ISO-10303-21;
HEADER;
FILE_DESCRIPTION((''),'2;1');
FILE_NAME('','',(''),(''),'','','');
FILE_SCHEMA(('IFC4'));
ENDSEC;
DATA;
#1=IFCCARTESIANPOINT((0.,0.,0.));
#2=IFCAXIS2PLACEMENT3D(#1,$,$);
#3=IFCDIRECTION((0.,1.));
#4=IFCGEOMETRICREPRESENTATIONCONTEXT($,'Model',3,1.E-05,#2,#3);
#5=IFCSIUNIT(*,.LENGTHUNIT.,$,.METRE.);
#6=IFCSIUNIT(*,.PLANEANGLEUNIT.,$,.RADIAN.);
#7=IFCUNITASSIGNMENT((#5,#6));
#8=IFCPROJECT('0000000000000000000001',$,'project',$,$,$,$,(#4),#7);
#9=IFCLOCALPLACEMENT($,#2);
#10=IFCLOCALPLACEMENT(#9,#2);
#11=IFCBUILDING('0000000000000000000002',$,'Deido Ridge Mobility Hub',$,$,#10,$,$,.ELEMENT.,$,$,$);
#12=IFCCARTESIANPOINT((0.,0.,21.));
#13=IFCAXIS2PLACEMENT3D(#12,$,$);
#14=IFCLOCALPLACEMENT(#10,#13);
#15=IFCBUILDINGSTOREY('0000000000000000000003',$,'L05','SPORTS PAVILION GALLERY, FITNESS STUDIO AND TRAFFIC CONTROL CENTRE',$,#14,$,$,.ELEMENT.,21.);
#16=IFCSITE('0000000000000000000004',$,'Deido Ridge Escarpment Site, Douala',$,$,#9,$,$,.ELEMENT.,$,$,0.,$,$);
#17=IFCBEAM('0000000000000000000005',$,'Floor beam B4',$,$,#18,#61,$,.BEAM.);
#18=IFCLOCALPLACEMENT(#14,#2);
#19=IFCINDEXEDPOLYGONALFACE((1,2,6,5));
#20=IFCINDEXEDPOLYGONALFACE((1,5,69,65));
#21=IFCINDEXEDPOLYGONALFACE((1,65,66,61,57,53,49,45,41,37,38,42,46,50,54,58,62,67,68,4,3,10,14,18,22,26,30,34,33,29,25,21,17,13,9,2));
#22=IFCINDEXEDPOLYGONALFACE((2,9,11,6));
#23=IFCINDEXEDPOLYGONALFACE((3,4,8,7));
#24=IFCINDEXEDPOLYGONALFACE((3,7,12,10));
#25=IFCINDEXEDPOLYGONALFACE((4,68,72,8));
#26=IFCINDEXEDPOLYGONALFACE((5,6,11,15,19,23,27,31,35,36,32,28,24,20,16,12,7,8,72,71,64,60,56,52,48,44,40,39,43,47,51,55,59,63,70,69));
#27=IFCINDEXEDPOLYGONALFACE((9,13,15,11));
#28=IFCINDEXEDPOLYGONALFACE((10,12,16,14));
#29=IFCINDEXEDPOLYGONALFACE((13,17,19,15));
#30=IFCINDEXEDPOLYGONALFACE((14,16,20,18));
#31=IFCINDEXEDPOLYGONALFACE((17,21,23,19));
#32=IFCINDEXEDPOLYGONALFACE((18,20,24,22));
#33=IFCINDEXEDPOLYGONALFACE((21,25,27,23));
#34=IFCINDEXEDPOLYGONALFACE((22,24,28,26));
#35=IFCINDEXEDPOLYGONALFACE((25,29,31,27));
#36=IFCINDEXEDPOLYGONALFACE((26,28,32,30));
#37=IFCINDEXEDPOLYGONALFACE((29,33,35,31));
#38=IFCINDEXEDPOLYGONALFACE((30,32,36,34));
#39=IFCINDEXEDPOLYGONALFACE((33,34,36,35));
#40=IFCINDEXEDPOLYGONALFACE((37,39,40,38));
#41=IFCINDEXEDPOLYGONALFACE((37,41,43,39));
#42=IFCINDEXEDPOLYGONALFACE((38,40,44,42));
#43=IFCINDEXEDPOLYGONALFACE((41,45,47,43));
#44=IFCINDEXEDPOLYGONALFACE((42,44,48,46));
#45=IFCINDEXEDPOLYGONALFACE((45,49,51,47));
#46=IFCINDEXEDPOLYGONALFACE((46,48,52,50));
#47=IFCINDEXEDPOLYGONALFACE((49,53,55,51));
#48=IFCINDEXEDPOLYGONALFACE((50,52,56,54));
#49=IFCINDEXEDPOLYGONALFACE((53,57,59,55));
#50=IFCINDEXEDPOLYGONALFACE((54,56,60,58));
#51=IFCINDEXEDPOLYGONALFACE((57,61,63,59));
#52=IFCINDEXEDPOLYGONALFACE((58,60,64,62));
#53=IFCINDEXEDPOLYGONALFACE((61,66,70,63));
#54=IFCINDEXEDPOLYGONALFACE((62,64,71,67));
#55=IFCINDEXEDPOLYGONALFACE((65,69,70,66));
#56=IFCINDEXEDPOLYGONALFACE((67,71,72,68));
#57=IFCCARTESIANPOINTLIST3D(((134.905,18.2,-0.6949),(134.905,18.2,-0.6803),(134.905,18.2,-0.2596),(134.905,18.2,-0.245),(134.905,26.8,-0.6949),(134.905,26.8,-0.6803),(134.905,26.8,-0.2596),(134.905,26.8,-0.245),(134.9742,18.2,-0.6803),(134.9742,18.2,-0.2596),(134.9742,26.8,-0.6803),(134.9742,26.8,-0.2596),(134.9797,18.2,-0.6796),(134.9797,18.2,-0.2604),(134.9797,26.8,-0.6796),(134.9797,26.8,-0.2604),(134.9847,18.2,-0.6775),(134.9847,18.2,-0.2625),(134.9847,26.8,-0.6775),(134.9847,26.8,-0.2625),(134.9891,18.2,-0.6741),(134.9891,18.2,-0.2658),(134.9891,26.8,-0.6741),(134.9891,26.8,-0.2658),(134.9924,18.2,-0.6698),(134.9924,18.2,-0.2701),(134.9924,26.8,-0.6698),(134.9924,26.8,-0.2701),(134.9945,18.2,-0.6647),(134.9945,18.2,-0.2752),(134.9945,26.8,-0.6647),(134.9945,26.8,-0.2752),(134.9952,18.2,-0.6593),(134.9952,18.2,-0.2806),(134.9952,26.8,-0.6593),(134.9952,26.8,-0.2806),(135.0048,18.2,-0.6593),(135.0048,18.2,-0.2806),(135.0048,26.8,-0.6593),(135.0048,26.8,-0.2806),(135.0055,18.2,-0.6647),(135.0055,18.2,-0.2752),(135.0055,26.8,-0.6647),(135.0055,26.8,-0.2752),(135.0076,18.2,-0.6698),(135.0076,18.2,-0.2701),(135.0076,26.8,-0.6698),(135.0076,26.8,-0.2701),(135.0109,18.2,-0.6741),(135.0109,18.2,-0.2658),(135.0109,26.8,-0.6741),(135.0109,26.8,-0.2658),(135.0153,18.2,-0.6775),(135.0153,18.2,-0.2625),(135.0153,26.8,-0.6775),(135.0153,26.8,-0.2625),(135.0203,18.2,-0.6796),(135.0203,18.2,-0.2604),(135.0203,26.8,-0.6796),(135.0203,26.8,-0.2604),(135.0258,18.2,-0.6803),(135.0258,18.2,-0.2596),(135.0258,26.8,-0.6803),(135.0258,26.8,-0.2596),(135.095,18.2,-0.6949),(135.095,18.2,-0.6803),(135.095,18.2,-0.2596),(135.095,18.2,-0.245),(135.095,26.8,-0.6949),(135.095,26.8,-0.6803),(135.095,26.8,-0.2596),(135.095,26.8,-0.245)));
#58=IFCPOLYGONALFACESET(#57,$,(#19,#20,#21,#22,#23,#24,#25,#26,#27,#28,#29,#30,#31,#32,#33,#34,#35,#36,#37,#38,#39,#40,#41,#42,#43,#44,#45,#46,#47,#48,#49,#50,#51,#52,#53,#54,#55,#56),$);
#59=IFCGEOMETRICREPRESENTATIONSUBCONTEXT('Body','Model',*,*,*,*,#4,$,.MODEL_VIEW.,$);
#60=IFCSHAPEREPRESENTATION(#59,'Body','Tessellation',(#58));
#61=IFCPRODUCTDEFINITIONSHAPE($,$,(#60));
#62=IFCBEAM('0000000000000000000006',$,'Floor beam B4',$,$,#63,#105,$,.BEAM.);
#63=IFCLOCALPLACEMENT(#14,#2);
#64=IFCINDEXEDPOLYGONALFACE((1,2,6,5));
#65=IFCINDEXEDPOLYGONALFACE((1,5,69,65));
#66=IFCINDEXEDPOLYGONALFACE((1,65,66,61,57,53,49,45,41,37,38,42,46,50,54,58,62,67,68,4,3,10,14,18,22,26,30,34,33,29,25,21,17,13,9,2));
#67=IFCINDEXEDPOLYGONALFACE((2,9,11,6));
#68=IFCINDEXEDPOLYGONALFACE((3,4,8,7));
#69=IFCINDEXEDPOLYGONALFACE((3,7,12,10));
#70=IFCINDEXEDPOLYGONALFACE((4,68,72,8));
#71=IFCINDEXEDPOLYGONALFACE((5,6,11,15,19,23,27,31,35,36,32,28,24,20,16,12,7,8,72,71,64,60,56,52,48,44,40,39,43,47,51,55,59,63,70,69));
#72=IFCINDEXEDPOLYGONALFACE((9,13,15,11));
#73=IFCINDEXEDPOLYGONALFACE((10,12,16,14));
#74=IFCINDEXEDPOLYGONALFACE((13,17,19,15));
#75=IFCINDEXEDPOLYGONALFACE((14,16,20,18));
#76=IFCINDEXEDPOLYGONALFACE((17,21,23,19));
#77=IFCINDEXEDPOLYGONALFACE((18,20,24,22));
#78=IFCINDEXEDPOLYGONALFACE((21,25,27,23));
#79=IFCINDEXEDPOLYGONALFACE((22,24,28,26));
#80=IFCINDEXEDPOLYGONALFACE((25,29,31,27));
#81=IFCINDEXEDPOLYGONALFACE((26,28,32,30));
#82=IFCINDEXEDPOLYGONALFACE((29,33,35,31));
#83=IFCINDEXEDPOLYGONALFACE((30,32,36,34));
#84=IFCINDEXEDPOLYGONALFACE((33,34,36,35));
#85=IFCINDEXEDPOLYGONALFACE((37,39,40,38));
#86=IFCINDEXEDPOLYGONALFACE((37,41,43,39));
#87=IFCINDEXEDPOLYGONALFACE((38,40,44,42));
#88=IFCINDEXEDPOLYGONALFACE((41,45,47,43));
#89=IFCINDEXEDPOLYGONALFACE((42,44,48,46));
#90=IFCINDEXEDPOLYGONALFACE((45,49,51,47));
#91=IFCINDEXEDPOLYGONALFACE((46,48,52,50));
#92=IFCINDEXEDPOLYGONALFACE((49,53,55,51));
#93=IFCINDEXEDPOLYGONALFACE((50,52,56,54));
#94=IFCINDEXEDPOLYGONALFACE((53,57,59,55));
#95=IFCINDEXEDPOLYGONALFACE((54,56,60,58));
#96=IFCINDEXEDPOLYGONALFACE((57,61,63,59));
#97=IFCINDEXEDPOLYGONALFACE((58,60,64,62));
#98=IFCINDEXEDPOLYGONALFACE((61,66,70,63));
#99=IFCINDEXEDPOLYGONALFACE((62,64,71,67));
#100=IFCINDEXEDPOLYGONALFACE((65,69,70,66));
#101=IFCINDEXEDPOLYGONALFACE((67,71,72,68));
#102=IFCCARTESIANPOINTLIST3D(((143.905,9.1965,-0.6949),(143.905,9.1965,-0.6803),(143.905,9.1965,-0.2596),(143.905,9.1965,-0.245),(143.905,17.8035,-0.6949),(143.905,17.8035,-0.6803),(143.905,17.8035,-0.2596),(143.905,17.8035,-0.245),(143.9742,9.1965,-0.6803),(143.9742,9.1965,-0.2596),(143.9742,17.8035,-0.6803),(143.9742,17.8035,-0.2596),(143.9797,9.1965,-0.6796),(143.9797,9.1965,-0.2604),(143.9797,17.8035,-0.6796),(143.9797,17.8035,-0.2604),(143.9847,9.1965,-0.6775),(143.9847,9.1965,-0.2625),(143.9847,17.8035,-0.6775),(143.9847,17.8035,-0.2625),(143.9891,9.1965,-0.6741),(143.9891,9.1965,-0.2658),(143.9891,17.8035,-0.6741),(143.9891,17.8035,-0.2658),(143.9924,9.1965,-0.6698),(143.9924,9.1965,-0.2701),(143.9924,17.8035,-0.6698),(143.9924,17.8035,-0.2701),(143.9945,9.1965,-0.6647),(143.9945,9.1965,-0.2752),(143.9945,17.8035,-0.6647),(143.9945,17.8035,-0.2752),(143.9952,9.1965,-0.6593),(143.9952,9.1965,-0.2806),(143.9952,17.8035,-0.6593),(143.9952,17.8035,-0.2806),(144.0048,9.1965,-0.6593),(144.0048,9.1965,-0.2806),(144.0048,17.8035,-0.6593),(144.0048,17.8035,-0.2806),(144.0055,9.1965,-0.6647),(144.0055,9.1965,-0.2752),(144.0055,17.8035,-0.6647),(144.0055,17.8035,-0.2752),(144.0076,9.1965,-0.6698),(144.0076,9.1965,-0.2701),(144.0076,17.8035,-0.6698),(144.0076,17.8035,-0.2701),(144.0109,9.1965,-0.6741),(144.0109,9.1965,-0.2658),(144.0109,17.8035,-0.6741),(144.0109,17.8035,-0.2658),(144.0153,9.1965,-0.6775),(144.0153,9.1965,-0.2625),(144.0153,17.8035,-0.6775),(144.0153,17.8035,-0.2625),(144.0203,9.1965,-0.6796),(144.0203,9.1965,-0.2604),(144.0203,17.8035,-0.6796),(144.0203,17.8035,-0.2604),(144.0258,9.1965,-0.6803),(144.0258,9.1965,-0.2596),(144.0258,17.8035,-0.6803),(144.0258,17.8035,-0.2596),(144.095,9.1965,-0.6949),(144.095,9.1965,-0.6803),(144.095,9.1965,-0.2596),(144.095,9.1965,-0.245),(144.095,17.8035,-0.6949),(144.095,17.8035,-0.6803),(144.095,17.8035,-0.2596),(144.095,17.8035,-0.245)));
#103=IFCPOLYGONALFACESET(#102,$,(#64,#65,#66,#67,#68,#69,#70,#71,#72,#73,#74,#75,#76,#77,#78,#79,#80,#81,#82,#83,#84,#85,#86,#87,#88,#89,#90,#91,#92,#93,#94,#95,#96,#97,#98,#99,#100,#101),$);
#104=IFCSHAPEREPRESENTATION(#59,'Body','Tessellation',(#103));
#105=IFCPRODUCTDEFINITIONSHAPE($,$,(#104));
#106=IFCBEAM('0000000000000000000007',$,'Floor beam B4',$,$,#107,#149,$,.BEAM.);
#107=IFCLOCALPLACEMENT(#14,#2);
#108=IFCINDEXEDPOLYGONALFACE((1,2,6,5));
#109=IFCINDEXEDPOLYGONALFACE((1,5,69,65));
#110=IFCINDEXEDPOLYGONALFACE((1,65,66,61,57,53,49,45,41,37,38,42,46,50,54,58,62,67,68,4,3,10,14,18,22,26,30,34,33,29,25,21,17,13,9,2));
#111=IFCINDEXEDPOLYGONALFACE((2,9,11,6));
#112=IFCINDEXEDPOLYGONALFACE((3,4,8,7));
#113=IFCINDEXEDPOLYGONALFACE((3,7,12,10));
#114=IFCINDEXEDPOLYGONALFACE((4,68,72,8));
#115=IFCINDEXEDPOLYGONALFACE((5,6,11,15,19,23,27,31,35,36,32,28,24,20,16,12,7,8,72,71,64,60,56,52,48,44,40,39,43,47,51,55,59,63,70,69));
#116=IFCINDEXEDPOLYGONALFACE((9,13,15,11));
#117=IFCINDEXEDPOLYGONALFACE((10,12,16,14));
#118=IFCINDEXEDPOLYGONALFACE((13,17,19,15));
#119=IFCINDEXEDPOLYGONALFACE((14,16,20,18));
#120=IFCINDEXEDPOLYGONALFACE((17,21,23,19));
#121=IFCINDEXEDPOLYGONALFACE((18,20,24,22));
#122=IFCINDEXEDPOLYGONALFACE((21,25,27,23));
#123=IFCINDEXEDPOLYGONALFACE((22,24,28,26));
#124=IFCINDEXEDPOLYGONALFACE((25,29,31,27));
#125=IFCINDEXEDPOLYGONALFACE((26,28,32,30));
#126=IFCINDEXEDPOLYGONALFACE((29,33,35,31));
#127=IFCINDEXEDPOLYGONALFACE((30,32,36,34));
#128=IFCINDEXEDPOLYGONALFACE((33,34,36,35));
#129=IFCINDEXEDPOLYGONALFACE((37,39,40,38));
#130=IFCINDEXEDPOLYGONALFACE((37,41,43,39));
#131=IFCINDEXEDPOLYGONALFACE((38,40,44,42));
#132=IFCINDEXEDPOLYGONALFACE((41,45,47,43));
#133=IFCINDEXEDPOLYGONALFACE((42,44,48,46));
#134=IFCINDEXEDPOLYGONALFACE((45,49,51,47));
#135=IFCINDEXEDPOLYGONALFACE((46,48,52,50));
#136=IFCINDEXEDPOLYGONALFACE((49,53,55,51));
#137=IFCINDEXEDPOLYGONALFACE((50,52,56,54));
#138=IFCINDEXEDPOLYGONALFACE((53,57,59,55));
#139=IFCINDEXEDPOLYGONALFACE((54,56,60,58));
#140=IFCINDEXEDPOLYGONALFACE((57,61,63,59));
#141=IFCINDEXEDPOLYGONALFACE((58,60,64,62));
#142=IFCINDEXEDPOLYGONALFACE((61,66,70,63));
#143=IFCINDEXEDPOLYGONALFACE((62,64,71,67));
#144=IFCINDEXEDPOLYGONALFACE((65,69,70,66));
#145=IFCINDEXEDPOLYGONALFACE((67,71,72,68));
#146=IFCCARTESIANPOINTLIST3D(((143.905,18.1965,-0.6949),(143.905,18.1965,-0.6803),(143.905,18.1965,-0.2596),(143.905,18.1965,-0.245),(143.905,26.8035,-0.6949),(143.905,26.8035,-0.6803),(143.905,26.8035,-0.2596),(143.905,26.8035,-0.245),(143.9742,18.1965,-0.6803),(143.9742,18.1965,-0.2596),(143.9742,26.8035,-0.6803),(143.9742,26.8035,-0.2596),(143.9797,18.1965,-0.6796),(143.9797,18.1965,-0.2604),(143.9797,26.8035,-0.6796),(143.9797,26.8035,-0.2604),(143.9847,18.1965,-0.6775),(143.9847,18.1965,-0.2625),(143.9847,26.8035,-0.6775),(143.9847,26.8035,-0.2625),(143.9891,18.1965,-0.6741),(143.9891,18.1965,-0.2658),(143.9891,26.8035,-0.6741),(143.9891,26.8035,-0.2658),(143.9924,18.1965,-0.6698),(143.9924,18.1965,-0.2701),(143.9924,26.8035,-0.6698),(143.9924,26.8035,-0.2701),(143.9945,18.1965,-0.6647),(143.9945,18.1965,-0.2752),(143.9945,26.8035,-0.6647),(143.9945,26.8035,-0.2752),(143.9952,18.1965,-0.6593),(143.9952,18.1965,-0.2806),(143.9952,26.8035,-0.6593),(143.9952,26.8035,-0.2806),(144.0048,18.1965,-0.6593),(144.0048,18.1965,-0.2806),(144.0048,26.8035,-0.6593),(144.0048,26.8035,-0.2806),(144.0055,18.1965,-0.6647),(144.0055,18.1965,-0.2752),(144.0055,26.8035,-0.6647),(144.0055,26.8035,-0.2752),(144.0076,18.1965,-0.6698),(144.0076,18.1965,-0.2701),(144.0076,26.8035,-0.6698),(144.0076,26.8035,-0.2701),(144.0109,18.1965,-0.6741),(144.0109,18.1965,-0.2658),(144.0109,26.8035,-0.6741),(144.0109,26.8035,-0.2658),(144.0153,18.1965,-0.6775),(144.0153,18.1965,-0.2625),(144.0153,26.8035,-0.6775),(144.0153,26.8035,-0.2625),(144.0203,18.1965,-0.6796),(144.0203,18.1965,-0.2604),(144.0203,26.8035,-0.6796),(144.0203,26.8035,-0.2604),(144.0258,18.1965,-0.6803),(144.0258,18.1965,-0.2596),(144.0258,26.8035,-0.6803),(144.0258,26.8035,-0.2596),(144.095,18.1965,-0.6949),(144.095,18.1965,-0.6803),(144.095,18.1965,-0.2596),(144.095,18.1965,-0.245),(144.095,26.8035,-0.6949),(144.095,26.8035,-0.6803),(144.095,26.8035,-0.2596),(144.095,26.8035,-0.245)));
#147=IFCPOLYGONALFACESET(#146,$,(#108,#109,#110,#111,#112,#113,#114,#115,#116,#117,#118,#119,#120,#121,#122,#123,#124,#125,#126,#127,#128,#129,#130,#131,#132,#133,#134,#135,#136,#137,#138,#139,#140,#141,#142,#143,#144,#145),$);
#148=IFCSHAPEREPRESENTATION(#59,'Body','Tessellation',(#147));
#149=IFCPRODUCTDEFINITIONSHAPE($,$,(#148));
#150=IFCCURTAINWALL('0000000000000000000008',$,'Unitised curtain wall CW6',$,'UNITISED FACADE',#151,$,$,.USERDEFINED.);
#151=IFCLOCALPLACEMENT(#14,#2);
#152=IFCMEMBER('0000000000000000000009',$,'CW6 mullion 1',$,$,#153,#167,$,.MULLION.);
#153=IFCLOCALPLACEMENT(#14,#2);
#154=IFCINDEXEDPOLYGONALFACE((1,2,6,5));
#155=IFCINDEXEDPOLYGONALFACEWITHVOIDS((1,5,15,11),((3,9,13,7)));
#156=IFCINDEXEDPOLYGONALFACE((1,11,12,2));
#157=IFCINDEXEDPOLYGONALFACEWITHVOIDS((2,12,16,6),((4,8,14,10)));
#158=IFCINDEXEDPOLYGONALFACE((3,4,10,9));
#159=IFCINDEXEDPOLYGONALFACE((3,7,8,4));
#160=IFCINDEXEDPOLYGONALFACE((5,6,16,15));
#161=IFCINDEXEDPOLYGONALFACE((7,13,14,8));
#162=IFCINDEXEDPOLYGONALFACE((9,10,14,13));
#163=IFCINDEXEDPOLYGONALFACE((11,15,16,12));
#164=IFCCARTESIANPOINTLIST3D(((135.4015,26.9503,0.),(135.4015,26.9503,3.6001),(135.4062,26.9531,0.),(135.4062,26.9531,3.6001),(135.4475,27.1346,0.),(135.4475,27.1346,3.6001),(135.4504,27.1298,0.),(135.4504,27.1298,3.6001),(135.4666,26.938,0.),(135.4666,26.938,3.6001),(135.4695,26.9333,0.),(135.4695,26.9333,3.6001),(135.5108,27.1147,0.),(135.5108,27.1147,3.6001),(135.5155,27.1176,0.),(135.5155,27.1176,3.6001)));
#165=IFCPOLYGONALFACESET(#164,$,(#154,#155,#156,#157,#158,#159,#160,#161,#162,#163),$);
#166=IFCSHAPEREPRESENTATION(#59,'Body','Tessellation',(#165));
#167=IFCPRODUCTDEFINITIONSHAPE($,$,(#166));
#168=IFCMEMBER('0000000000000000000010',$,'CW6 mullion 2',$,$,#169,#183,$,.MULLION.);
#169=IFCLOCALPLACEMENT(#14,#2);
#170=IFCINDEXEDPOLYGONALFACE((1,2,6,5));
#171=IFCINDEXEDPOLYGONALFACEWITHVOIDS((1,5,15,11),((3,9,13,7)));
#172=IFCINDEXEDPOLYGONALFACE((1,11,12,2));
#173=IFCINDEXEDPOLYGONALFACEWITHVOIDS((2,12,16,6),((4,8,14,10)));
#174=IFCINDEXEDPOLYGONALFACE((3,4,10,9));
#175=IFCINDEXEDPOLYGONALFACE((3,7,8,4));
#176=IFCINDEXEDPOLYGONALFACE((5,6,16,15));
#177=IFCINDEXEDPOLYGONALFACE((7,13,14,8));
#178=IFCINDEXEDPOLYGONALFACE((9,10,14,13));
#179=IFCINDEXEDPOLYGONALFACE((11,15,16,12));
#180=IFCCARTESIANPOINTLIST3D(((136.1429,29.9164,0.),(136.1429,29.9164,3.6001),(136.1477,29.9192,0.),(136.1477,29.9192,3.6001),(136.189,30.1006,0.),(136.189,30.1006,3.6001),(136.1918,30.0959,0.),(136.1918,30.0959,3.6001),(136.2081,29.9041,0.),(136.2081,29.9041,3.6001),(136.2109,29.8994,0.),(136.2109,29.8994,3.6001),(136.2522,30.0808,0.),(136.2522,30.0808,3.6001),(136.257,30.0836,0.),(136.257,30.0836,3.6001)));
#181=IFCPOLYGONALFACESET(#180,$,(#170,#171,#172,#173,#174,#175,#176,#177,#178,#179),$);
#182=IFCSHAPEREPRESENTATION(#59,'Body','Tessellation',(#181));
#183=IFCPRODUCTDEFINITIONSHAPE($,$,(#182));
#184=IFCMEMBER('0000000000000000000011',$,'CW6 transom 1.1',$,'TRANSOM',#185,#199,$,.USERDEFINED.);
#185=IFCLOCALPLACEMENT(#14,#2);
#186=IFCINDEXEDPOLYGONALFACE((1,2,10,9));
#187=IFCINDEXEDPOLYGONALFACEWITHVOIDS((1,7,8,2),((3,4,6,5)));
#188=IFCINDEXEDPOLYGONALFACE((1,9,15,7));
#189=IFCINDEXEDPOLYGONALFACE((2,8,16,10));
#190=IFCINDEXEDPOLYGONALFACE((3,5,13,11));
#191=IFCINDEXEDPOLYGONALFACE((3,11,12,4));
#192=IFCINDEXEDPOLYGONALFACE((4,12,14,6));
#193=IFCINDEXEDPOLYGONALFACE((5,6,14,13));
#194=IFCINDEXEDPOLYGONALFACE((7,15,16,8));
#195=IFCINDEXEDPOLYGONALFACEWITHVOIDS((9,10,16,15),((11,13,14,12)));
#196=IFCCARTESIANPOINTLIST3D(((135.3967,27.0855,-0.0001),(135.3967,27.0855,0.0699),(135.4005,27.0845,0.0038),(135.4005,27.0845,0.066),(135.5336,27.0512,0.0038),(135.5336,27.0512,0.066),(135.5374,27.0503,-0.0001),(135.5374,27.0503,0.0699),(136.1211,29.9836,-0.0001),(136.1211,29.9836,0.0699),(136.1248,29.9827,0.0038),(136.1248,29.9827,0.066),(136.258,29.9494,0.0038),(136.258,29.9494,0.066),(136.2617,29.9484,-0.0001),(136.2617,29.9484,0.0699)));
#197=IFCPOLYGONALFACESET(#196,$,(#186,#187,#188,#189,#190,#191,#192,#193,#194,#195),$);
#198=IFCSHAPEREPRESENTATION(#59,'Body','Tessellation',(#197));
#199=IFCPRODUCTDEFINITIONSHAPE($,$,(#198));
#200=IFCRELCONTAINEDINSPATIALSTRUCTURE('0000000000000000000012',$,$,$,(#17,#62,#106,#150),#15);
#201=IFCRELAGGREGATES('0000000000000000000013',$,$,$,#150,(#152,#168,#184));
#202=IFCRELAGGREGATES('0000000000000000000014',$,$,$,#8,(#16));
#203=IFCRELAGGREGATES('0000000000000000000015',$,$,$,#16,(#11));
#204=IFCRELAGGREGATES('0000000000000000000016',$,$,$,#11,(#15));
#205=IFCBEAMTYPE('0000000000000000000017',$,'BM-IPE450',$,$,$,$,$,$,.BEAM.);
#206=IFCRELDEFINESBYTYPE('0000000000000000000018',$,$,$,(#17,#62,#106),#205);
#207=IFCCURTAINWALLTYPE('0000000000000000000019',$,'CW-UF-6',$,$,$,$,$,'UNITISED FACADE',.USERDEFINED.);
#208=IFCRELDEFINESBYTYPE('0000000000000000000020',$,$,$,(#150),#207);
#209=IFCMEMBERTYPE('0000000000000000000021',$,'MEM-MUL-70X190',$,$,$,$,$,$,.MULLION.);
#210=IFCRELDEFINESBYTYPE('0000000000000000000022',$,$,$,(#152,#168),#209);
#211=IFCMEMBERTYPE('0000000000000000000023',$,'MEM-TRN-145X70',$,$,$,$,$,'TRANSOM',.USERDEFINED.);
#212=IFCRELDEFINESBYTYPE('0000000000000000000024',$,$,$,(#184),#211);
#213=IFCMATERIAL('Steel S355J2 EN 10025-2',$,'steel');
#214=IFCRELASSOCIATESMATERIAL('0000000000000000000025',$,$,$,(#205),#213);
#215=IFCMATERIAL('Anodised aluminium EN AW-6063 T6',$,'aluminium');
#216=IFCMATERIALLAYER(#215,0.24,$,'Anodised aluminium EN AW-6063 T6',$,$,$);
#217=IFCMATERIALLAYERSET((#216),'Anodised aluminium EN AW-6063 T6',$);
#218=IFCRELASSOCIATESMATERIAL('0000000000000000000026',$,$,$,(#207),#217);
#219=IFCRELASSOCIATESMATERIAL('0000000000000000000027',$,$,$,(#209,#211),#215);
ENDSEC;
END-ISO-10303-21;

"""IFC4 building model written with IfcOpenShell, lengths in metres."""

from ifc_helpers import new_model, si_unit, direction, frame, origin, origin_2d, place, context, subcontext, project, spatial, hollow_rectangle, i_section, extrude, material, layer, layer_set, material_profile, profile_set, type_object, element, aggregate, save


model = new_model("IFC4")

# Units and contexts
model_context = context("Model", 3, precision=1e-05, world=origin(), true_north=direction((0.0, 1.0)))
body_context = subcontext(model_context, "Body", "Model", "MODEL_VIEW")
ifc_project = project(units=[si_unit("LENGTHUNIT", "METRE"), si_unit("PLANEANGLEUNIT", "RADIAN")], contexts=[model_context])

# Site, building, storey
site_placement = place(None, origin())
site = spatial("IfcSite", under=ifc_project, at=site_placement, Name="Deido Ridge Escarpment Site, Douala", CompositionType="ELEMENT", RefElevation=0.0)
building_placement = place(site_placement, origin())
building = spatial("IfcBuilding", under=site, at=building_placement, Name="Deido Ridge Mobility Hub", CompositionType="ELEMENT")
storey_placement = place(building_placement, frame((0.0, 0.0, 21.0)))
storey = spatial("IfcBuildingStorey", under=building, at=storey_placement, Name="L05", Description="SPORTS PAVILION GALLERY, FITNESS STUDIO AND TRAFFIC CONTROL CENTRE", CompositionType="ELEMENT", Elevation=21.0)

# Shared definitions
ifc_material_1 = material(Name="Steel S355J2 EN 10025-2", Category="steel")

# Beams
ifc_material_profile_1 = material_profile(ifc_material_1, i_section(OverallWidth=0.1899, OverallDepth=0.45, WebThickness=0.0095, FlangeThickness=0.0146, FilletRadius=0.021, at=origin_2d()), Name="IPE 450")
ifc_profile_set_1 = profile_set([ifc_material_profile_1], Name="Steel S355J2 EN 10025-2")
beam_type_1 = type_object("IfcBeamType", Name="BM-IPE450", PredefinedType="BEAM", material=ifc_profile_set_1)
for number, where, z_axis, x_axis, name in (
    (1, (135.0, 18.2, -0.47), (0.0, 1.0, 0.0), (-1.0, 0.0, 0.0), "Floor beam B4"),
):
    element("IfcBeam", number, at=place(storey_placement, frame(where, z_axis=z_axis, x_axis=x_axis)), inside=storey, type_object=beam_type_1, Name=name, PredefinedType="BEAM", context=body_context, shape_type="SweptSolid", body=[
        extrude(i_section(OverallWidth=0.1899, OverallDepth=0.45, WebThickness=0.0095, FlangeThickness=0.0146, FilletRadius=0.021, at=origin_2d()), origin(), (0.0, 0.0, 1.0), 8.6001),
    ])
for number, where, z_axis, x_axis, name in (
    (2, (144.0, 9.1965, -0.47), (0.0, 1.0, 0.0), (-1.0, 0.0, 0.0), "Floor beam B4"),
    (3, (144.0, 18.1965, -0.47), (0.0, 1.0, 0.0), (-1.0, 0.0, 0.0), "Floor beam B4"),
):
    element("IfcBeam", number, at=place(storey_placement, frame(where, z_axis=z_axis, x_axis=x_axis)), inside=storey, type_object=beam_type_1, Name=name, PredefinedType="BEAM", context=body_context, shape_type="SweptSolid", body=[
        extrude(i_section(OverallWidth=0.1899, OverallDepth=0.45, WebThickness=0.0095, FlangeThickness=0.0146, FilletRadius=0.021, at=origin_2d()), origin(), (0.0, 0.0, 1.0), 8.6069),
    ])

# Curtain wall, members
ifc_material_2 = material(Name="Anodised aluminium EN AW-6063 T6", Category="aluminium")
ifc_layer_1 = layer(ifc_material_2, 0.24, Name="Anodised aluminium EN AW-6063 T6")
ifc_layer_set_1 = layer_set([ifc_layer_1], Name="Anodised aluminium EN AW-6063 T6")
curtain_wall_type = type_object("IfcCurtainWallType", Name="CW-UF-6", ElementType="UNITISED FACADE", PredefinedType="USERDEFINED", material=ifc_layer_set_1)
curtain_wall_placement = place(storey_placement, origin())
curtain_wall = element("IfcCurtainWall", 4, at=curtain_wall_placement, inside=storey, type_object=curtain_wall_type, Name="Unitised curtain wall CW6", ObjectType="UNITISED FACADE", PredefinedType="USERDEFINED")
ifc_material_profile_2 = material_profile(ifc_material_2, hollow_rectangle(XDim=0.0701, YDim=0.1899, WallThickness=0.0039, at=origin_2d()), Name="RHS 70x190x4")
ifc_profile_set_2 = profile_set([ifc_material_profile_2], Name="Anodised aluminium EN AW-6063 T6")
member_type_1 = type_object("IfcMemberType", Name="MEM-MUL-70X190", PredefinedType="MULLION", material=ifc_profile_set_2)
member_1_placement = place(storey_placement, frame((135.4585, 27.0339, 0.0), z_axis=(0.0, 0.0, 1.0), x_axis=(-0.970143, 0.242536, 0.0)))
member_1 = element("IfcMember", 5, at=member_1_placement, type_object=member_type_1, Name="CW6 mullion 1", PredefinedType="MULLION", context=body_context, shape_type="SweptSolid", body=[
    extrude(hollow_rectangle(XDim=0.0701, YDim=0.1899, WallThickness=0.0039, at=origin_2d()), origin(), (0.0, 0.0, 1.0), 3.6001),
])
member_2_placement = place(storey_placement, frame((136.2, 30.0, 0.0), z_axis=(0.0, 0.0, 1.0), x_axis=(-0.970143, 0.242536, 0.0)))
member_2 = element("IfcMember", 6, at=member_2_placement, type_object=member_type_1, Name="CW6 mullion 2", PredefinedType="MULLION", context=body_context, shape_type="SweptSolid", body=[
    extrude(hollow_rectangle(XDim=0.0701, YDim=0.1899, WallThickness=0.0039, at=origin_2d()), origin(), (0.0, 0.0, 1.0), 3.6001),
])
ifc_material_profile_3 = material_profile(ifc_material_2, hollow_rectangle(XDim=0.145, YDim=0.0701, WallThickness=0.0039, at=origin_2d()), Name="RHS 145x70x4")
ifc_profile_set_3 = profile_set([ifc_material_profile_3], Name="Anodised aluminium EN AW-6063 T6")
member_type_2 = type_object("IfcMemberType", Name="MEM-TRN-145X70", ElementType="TRANSOM", PredefinedType="USERDEFINED", material=ifc_profile_set_3)
member_3_placement = place(storey_placement, frame((135.467, 27.0679, 0.0349), z_axis=(0.242478, 0.970157, 0.0), x_axis=(-0.970157, 0.242478, 0.0)))
member_3 = element("IfcMember", 7, at=member_3_placement, type_object=member_type_2, Name="CW6 transom 1.1", ObjectType="TRANSOM", PredefinedType="USERDEFINED", context=body_context, shape_type="SweptSolid", body=[
    extrude(hollow_rectangle(XDim=0.145, YDim=0.0701, WallThickness=0.0039, at=origin_2d()), origin(), (0.0, 0.0, 1.0), 2.9873),
])
aggregate(curtain_wall, [member_1, member_2, member_3])

save(model, "model.ifc")
